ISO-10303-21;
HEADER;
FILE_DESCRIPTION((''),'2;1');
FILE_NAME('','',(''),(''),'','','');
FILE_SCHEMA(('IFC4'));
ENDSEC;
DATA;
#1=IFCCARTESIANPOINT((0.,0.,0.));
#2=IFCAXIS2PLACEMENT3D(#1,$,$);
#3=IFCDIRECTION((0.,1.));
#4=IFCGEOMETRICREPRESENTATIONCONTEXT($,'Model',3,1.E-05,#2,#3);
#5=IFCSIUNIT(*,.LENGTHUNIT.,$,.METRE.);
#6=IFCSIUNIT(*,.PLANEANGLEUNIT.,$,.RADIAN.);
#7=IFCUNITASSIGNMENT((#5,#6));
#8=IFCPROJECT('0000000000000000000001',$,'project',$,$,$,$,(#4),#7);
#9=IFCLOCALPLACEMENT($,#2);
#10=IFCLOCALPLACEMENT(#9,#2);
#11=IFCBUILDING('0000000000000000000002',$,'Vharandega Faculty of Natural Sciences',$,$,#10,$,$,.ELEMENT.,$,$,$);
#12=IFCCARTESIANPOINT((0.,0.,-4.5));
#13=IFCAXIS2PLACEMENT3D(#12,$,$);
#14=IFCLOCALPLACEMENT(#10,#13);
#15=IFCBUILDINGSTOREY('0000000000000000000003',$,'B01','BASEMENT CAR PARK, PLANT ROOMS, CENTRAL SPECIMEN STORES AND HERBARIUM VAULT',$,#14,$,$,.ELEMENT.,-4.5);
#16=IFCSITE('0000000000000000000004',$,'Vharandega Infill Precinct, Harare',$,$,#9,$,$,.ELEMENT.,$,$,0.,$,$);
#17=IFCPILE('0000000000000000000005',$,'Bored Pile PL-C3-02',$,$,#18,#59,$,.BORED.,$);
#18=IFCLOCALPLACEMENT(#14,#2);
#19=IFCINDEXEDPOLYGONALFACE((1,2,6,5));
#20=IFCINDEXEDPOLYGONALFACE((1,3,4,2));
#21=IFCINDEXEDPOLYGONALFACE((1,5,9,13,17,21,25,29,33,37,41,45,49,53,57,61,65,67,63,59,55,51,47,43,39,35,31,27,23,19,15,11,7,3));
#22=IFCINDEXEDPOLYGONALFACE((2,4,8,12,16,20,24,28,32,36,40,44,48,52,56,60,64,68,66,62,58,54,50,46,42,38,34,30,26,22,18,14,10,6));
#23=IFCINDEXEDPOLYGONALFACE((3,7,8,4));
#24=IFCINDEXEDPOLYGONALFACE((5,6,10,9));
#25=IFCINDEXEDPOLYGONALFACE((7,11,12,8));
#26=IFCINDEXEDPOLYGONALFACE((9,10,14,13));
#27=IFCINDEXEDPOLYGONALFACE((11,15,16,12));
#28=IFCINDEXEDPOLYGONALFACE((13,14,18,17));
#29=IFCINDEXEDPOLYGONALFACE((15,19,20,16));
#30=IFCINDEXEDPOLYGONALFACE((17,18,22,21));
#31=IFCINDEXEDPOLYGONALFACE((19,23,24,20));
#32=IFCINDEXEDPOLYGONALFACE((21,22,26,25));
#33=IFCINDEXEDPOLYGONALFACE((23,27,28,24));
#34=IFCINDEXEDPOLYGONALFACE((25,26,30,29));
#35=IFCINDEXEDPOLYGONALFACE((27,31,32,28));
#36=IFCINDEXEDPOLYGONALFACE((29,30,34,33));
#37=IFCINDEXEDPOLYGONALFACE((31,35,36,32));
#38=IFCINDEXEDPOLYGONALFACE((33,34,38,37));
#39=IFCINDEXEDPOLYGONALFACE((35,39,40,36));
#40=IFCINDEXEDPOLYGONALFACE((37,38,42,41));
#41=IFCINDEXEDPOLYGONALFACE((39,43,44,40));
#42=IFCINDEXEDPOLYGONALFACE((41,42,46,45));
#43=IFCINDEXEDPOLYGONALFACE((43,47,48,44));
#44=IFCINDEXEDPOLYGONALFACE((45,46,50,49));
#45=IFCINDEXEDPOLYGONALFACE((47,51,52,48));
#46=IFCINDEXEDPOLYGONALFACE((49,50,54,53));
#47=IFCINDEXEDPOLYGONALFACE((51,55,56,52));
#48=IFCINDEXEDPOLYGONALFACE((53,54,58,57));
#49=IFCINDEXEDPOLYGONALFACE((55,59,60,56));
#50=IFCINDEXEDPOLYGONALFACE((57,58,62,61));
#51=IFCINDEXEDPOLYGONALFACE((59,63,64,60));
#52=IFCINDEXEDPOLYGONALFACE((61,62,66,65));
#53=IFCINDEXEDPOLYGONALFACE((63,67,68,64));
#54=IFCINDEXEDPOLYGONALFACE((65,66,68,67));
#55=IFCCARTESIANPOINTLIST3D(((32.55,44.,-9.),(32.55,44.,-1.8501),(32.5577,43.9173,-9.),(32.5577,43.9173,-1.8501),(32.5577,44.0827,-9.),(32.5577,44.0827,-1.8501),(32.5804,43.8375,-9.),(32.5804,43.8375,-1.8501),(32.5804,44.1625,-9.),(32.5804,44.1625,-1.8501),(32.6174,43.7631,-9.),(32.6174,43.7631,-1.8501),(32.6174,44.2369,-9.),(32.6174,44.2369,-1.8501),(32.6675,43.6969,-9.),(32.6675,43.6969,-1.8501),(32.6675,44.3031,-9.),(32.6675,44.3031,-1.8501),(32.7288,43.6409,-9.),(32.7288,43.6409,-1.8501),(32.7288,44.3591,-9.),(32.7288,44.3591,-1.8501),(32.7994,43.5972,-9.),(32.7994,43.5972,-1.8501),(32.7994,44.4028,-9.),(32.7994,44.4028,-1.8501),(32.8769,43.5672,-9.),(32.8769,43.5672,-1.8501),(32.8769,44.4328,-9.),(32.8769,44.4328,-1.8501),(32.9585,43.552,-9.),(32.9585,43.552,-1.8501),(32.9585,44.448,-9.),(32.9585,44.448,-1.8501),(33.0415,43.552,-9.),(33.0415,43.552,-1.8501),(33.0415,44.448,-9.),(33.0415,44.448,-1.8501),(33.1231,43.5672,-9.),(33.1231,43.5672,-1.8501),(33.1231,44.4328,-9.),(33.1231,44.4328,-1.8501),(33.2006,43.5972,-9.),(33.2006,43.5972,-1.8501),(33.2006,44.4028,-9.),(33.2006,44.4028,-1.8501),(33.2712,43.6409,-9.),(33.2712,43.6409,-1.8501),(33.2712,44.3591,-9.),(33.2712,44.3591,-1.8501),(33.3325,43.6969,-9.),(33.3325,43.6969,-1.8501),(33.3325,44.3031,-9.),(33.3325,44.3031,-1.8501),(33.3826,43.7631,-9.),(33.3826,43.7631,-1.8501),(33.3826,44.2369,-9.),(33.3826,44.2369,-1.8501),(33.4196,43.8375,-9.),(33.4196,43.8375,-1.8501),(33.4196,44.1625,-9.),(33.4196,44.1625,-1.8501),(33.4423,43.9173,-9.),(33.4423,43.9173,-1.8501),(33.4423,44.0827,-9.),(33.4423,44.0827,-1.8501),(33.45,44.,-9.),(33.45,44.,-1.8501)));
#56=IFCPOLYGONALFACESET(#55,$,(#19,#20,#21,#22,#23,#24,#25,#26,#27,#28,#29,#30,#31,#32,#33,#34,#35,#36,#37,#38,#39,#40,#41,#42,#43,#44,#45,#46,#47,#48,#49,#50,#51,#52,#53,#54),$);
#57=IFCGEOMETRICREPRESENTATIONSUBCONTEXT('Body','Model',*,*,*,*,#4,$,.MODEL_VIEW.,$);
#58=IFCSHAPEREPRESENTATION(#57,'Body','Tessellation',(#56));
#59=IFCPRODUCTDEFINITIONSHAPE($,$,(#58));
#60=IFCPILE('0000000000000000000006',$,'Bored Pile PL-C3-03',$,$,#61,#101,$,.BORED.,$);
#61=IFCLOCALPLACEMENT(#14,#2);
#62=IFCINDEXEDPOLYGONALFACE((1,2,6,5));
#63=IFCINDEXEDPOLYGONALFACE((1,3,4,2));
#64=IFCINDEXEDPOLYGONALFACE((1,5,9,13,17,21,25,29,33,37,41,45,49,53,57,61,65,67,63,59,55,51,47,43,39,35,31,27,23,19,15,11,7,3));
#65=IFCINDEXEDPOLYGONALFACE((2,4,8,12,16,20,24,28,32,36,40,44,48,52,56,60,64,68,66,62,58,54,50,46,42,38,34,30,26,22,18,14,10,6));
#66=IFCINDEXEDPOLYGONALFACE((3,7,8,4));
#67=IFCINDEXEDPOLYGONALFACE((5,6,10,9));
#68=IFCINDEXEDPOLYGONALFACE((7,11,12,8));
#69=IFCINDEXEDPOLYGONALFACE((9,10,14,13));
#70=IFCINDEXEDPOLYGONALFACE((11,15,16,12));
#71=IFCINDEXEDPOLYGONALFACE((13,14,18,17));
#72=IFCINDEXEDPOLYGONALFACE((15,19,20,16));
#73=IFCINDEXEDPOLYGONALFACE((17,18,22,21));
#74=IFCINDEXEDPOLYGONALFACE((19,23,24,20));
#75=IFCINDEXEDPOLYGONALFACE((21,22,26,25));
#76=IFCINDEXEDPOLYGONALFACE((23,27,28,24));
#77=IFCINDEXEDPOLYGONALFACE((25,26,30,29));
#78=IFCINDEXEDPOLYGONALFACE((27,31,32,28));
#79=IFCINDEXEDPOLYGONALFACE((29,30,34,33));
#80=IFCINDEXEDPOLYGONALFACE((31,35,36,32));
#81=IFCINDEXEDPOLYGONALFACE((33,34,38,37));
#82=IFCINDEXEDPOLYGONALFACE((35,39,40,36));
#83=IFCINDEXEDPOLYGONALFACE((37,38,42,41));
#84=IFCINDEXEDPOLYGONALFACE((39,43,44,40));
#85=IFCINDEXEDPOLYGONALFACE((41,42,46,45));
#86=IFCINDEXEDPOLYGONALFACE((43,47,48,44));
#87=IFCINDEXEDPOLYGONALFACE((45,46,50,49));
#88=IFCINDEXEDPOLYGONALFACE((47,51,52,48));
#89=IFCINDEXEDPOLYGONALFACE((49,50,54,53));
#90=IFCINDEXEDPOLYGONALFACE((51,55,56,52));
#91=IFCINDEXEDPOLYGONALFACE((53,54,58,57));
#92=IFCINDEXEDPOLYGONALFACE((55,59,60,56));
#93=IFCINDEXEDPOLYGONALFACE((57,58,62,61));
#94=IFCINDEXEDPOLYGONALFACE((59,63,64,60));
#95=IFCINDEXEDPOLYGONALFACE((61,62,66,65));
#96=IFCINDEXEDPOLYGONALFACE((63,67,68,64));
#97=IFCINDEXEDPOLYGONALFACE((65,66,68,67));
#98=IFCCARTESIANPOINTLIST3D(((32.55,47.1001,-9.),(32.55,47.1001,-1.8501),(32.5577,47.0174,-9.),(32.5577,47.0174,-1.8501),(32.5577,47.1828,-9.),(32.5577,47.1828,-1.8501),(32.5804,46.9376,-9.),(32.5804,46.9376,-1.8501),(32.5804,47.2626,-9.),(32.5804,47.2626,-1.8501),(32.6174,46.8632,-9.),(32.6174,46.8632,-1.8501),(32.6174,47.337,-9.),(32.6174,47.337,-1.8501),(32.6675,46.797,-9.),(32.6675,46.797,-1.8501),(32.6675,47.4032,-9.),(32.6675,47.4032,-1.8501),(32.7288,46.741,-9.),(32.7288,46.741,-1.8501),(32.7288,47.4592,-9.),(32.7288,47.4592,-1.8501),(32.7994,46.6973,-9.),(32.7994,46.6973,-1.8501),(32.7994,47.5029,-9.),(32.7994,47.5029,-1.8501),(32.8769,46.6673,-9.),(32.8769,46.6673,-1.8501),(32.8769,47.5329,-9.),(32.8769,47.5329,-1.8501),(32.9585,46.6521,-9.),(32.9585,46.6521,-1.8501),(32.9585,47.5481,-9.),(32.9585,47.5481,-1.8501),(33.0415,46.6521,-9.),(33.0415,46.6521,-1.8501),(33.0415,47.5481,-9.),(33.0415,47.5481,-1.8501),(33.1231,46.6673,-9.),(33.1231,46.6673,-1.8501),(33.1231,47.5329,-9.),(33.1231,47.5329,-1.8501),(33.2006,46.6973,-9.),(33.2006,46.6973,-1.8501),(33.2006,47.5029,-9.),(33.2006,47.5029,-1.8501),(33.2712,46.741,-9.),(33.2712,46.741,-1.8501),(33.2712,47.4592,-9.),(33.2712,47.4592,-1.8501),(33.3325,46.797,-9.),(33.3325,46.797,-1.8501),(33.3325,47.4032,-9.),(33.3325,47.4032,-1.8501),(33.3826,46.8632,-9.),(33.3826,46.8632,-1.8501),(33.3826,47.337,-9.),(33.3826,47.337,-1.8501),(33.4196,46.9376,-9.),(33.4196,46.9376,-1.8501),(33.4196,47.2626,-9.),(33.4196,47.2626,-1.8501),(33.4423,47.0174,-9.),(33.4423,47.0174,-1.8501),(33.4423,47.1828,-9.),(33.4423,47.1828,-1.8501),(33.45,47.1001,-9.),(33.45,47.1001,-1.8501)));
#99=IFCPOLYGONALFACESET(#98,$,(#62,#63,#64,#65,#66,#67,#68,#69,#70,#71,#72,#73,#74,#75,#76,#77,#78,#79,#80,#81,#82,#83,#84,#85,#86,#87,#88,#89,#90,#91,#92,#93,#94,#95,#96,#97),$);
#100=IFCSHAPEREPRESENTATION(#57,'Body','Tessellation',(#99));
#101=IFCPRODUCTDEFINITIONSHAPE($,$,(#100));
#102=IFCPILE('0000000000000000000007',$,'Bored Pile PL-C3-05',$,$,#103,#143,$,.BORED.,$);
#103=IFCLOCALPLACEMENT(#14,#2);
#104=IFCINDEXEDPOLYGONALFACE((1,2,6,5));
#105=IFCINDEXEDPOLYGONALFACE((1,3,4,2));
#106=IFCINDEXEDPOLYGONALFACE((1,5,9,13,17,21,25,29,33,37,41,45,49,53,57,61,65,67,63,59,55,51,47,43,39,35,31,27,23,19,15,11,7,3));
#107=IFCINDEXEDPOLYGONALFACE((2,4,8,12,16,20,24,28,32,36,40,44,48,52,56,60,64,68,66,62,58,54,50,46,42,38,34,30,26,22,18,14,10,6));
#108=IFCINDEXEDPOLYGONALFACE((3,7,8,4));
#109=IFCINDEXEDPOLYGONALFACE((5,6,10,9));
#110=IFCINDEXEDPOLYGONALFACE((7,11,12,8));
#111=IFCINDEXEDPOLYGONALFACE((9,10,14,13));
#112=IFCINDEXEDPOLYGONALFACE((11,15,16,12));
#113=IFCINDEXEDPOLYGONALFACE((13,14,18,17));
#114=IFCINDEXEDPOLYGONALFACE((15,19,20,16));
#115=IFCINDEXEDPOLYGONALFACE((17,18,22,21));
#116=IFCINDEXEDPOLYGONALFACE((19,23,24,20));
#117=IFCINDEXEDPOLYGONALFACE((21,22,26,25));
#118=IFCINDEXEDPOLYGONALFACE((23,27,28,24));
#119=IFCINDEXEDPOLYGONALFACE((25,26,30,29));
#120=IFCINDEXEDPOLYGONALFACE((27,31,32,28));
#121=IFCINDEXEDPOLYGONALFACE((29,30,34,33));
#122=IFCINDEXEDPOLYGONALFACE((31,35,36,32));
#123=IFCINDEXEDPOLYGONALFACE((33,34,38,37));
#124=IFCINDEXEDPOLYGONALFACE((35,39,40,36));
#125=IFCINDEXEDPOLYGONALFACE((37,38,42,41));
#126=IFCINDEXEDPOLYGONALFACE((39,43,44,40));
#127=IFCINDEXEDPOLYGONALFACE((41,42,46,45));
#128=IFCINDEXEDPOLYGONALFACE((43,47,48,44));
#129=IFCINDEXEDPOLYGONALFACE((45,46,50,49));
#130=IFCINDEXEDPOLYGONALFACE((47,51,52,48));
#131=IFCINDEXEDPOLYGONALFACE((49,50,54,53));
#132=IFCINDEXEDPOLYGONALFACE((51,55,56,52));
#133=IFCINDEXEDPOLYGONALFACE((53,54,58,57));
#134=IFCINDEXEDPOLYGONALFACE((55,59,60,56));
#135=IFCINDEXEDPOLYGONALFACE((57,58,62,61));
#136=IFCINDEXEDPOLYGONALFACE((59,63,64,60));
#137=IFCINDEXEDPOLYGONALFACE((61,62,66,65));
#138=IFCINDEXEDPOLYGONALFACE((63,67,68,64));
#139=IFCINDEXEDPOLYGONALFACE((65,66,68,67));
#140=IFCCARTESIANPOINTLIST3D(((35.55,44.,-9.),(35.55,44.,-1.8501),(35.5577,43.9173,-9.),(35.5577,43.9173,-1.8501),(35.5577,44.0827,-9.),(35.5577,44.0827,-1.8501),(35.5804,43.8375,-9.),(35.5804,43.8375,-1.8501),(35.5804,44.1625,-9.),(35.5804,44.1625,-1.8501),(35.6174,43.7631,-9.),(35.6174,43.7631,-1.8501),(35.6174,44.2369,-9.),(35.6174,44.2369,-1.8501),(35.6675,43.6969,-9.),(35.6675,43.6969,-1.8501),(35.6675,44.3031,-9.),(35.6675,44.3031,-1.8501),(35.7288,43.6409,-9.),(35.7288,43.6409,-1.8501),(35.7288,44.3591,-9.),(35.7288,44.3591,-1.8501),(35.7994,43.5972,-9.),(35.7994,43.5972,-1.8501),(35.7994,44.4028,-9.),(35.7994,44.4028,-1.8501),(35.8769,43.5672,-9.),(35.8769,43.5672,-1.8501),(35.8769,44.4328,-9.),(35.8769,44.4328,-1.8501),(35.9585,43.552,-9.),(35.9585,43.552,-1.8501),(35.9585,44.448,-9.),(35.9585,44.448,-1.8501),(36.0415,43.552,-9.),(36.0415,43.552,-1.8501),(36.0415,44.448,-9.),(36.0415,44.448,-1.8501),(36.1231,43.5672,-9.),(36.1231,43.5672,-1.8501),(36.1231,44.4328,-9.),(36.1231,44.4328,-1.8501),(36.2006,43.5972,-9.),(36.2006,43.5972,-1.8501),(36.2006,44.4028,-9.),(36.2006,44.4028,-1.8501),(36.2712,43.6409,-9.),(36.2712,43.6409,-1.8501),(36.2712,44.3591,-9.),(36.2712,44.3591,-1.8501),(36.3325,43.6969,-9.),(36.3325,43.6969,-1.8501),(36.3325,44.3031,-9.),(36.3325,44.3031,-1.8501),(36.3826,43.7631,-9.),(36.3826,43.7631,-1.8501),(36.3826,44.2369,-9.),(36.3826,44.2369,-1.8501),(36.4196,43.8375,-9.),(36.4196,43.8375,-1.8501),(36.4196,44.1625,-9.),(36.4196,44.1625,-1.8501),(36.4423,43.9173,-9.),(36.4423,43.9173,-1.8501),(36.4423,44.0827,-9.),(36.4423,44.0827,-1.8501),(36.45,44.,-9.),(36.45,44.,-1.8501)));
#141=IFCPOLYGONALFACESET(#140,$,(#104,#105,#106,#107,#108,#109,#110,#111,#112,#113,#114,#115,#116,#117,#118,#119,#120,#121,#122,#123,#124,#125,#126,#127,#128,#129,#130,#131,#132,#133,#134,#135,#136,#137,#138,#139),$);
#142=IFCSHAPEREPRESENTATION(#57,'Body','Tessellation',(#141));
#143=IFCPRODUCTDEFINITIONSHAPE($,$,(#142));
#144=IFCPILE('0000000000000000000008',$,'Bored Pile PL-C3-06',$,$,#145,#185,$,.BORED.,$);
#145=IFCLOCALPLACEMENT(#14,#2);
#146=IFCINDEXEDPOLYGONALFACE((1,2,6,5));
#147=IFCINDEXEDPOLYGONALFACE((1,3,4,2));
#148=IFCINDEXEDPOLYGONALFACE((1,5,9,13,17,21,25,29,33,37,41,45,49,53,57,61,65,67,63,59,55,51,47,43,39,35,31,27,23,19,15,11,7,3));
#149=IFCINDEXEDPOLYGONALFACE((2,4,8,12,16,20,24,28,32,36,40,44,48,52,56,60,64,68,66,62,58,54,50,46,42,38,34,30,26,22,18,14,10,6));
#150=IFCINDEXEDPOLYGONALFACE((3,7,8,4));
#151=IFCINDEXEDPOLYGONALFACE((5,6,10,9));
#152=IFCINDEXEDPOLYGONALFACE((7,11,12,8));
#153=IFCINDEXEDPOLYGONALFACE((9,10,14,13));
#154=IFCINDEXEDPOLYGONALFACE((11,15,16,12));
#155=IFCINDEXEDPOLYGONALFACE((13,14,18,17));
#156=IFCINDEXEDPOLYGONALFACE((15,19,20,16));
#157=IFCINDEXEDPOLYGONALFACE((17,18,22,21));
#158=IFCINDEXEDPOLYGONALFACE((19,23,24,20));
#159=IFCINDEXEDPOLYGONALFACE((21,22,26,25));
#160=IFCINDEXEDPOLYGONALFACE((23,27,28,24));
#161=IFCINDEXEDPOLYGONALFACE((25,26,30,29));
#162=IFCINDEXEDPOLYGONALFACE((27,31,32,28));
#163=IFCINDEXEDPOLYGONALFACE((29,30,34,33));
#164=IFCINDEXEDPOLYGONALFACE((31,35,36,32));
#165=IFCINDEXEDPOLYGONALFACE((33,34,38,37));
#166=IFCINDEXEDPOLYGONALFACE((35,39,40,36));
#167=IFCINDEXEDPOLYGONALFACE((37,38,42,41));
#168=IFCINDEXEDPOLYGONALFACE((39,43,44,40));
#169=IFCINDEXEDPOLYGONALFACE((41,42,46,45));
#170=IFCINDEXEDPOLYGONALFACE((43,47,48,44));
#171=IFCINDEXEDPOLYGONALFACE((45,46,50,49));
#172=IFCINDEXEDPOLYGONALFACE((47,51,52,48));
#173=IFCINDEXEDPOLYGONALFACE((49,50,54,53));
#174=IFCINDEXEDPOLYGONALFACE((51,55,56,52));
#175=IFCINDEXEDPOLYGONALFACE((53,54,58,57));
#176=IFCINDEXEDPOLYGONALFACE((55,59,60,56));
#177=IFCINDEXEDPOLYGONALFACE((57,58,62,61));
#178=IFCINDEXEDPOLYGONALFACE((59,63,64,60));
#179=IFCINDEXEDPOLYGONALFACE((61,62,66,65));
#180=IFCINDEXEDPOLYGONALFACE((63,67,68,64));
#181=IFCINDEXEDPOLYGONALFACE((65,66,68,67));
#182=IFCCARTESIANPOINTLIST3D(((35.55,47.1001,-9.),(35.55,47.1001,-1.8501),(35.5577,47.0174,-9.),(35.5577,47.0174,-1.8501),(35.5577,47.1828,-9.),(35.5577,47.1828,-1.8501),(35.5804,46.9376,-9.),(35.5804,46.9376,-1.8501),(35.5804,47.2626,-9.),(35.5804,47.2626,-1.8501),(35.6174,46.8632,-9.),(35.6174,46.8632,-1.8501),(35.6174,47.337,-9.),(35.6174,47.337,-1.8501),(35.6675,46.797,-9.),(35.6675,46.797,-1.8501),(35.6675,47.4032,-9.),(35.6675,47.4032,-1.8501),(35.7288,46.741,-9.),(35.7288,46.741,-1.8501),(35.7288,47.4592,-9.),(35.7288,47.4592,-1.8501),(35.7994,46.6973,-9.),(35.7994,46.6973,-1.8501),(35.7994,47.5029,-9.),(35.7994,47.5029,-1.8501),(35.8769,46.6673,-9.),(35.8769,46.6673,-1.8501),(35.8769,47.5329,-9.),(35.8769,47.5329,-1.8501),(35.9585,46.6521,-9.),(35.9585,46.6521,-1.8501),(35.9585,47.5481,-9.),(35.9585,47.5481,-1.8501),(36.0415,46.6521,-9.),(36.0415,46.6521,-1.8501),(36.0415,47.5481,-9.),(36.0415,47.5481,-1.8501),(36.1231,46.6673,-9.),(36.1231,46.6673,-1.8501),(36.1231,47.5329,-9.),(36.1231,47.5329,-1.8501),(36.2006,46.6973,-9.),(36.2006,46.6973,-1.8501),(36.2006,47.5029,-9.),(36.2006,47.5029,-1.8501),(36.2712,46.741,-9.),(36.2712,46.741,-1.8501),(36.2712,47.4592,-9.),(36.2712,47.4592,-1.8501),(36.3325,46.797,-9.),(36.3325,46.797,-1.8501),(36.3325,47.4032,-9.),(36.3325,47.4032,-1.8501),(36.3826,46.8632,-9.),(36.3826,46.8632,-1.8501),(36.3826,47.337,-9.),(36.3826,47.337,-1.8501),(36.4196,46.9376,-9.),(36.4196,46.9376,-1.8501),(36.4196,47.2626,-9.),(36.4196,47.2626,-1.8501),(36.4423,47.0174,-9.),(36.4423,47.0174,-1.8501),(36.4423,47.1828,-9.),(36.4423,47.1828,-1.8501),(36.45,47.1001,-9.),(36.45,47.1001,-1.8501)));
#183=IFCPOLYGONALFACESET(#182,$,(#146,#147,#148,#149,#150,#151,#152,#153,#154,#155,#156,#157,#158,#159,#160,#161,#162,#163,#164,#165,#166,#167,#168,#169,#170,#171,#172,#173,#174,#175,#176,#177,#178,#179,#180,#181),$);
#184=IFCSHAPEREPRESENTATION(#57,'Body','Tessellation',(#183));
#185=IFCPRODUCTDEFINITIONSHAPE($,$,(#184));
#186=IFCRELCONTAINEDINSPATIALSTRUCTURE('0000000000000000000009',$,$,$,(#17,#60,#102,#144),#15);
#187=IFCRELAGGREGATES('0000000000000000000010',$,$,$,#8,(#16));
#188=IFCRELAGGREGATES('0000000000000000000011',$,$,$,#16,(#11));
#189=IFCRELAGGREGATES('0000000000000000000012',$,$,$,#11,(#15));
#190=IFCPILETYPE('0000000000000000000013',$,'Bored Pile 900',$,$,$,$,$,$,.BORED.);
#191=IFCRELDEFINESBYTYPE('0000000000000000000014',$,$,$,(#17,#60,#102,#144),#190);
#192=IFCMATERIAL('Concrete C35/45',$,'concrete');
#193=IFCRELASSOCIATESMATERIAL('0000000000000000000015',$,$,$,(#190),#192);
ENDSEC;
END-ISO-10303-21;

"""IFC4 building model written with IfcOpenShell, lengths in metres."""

from ifc_helpers import new_model, si_unit, direction, frame, origin, origin_2d, place, context, subcontext, project, spatial, circle, extrude, material, material_profile, profile_set, type_object, element, save


model = new_model("IFC4")

# Units and contexts
model_context = context("Model", 3, precision=1e-05, world=origin(), true_north=direction((0.0, 1.0)))
body_context = subcontext(model_context, "Body", "Model", "MODEL_VIEW")
ifc_project = project(units=[si_unit("LENGTHUNIT", "METRE"), si_unit("PLANEANGLEUNIT", "RADIAN")], contexts=[model_context])

# Site, building, storey
site_placement = place(None, origin())
site = spatial("IfcSite", under=ifc_project, at=site_placement, Name="Vharandega Infill Precinct, Harare", CompositionType="ELEMENT", RefElevation=0.0)
building_placement = place(site_placement, origin())
building = spatial("IfcBuilding", under=site, at=building_placement, Name="Vharandega Faculty of Natural Sciences", CompositionType="ELEMENT")
storey_placement = place(building_placement, frame((0.0, 0.0, -4.5)))
storey = spatial("IfcBuildingStorey", under=building, at=storey_placement, Name="B01", Description="BASEMENT CAR PARK, PLANT ROOMS, CENTRAL SPECIMEN STORES AND HERBARIUM VAULT", CompositionType="ELEMENT", Elevation=-4.5)

# Piles
ifc_material_1 = material(Name="Concrete C35/45", Category="concrete")
ifc_material_profile_1 = material_profile(ifc_material_1, circle(Radius=0.45, at=origin_2d()), Name="PILE 900")
ifc_profile_set_1 = profile_set([ifc_material_profile_1], Name="Concrete C35/45")
pile_type = type_object("IfcPileType", Name="Bored Pile 900", PredefinedType="BORED", material=ifc_profile_set_1)
for number, where, z_axis, x_axis, name in (
    (1, (33.0, 44.0, -1.8501), (0.0, 0.0, -1.0), (1.0, 0.0, 0.0), "Bored Pile PL-C3-02"),
    (2, (33.0, 47.1001, -1.8501), (0.0, 0.0, -1.0), (1.0, 0.0, 0.0), "Bored Pile PL-C3-03"),
    (3, (36.0, 44.0, -1.8501), (0.0, 0.0, -1.0), (1.0, 0.0, 0.0), "Bored Pile PL-C3-05"),
    (4, (36.0, 47.1001, -1.8501), (0.0, 0.0, -1.0), (1.0, 0.0, 0.0), "Bored Pile PL-C3-06"),
):
    element("IfcPile", number, at=place(storey_placement, frame(where, z_axis=z_axis, x_axis=x_axis)), inside=storey, type_object=pile_type, Name=name, PredefinedType="BORED", context=body_context, shape_type="SweptSolid", body=[
        extrude(circle(Radius=0.45, at=origin_2d()), origin(), (0.0, 0.0, 1.0), 7.1499),
    ])

save(model, "model.ifc")
